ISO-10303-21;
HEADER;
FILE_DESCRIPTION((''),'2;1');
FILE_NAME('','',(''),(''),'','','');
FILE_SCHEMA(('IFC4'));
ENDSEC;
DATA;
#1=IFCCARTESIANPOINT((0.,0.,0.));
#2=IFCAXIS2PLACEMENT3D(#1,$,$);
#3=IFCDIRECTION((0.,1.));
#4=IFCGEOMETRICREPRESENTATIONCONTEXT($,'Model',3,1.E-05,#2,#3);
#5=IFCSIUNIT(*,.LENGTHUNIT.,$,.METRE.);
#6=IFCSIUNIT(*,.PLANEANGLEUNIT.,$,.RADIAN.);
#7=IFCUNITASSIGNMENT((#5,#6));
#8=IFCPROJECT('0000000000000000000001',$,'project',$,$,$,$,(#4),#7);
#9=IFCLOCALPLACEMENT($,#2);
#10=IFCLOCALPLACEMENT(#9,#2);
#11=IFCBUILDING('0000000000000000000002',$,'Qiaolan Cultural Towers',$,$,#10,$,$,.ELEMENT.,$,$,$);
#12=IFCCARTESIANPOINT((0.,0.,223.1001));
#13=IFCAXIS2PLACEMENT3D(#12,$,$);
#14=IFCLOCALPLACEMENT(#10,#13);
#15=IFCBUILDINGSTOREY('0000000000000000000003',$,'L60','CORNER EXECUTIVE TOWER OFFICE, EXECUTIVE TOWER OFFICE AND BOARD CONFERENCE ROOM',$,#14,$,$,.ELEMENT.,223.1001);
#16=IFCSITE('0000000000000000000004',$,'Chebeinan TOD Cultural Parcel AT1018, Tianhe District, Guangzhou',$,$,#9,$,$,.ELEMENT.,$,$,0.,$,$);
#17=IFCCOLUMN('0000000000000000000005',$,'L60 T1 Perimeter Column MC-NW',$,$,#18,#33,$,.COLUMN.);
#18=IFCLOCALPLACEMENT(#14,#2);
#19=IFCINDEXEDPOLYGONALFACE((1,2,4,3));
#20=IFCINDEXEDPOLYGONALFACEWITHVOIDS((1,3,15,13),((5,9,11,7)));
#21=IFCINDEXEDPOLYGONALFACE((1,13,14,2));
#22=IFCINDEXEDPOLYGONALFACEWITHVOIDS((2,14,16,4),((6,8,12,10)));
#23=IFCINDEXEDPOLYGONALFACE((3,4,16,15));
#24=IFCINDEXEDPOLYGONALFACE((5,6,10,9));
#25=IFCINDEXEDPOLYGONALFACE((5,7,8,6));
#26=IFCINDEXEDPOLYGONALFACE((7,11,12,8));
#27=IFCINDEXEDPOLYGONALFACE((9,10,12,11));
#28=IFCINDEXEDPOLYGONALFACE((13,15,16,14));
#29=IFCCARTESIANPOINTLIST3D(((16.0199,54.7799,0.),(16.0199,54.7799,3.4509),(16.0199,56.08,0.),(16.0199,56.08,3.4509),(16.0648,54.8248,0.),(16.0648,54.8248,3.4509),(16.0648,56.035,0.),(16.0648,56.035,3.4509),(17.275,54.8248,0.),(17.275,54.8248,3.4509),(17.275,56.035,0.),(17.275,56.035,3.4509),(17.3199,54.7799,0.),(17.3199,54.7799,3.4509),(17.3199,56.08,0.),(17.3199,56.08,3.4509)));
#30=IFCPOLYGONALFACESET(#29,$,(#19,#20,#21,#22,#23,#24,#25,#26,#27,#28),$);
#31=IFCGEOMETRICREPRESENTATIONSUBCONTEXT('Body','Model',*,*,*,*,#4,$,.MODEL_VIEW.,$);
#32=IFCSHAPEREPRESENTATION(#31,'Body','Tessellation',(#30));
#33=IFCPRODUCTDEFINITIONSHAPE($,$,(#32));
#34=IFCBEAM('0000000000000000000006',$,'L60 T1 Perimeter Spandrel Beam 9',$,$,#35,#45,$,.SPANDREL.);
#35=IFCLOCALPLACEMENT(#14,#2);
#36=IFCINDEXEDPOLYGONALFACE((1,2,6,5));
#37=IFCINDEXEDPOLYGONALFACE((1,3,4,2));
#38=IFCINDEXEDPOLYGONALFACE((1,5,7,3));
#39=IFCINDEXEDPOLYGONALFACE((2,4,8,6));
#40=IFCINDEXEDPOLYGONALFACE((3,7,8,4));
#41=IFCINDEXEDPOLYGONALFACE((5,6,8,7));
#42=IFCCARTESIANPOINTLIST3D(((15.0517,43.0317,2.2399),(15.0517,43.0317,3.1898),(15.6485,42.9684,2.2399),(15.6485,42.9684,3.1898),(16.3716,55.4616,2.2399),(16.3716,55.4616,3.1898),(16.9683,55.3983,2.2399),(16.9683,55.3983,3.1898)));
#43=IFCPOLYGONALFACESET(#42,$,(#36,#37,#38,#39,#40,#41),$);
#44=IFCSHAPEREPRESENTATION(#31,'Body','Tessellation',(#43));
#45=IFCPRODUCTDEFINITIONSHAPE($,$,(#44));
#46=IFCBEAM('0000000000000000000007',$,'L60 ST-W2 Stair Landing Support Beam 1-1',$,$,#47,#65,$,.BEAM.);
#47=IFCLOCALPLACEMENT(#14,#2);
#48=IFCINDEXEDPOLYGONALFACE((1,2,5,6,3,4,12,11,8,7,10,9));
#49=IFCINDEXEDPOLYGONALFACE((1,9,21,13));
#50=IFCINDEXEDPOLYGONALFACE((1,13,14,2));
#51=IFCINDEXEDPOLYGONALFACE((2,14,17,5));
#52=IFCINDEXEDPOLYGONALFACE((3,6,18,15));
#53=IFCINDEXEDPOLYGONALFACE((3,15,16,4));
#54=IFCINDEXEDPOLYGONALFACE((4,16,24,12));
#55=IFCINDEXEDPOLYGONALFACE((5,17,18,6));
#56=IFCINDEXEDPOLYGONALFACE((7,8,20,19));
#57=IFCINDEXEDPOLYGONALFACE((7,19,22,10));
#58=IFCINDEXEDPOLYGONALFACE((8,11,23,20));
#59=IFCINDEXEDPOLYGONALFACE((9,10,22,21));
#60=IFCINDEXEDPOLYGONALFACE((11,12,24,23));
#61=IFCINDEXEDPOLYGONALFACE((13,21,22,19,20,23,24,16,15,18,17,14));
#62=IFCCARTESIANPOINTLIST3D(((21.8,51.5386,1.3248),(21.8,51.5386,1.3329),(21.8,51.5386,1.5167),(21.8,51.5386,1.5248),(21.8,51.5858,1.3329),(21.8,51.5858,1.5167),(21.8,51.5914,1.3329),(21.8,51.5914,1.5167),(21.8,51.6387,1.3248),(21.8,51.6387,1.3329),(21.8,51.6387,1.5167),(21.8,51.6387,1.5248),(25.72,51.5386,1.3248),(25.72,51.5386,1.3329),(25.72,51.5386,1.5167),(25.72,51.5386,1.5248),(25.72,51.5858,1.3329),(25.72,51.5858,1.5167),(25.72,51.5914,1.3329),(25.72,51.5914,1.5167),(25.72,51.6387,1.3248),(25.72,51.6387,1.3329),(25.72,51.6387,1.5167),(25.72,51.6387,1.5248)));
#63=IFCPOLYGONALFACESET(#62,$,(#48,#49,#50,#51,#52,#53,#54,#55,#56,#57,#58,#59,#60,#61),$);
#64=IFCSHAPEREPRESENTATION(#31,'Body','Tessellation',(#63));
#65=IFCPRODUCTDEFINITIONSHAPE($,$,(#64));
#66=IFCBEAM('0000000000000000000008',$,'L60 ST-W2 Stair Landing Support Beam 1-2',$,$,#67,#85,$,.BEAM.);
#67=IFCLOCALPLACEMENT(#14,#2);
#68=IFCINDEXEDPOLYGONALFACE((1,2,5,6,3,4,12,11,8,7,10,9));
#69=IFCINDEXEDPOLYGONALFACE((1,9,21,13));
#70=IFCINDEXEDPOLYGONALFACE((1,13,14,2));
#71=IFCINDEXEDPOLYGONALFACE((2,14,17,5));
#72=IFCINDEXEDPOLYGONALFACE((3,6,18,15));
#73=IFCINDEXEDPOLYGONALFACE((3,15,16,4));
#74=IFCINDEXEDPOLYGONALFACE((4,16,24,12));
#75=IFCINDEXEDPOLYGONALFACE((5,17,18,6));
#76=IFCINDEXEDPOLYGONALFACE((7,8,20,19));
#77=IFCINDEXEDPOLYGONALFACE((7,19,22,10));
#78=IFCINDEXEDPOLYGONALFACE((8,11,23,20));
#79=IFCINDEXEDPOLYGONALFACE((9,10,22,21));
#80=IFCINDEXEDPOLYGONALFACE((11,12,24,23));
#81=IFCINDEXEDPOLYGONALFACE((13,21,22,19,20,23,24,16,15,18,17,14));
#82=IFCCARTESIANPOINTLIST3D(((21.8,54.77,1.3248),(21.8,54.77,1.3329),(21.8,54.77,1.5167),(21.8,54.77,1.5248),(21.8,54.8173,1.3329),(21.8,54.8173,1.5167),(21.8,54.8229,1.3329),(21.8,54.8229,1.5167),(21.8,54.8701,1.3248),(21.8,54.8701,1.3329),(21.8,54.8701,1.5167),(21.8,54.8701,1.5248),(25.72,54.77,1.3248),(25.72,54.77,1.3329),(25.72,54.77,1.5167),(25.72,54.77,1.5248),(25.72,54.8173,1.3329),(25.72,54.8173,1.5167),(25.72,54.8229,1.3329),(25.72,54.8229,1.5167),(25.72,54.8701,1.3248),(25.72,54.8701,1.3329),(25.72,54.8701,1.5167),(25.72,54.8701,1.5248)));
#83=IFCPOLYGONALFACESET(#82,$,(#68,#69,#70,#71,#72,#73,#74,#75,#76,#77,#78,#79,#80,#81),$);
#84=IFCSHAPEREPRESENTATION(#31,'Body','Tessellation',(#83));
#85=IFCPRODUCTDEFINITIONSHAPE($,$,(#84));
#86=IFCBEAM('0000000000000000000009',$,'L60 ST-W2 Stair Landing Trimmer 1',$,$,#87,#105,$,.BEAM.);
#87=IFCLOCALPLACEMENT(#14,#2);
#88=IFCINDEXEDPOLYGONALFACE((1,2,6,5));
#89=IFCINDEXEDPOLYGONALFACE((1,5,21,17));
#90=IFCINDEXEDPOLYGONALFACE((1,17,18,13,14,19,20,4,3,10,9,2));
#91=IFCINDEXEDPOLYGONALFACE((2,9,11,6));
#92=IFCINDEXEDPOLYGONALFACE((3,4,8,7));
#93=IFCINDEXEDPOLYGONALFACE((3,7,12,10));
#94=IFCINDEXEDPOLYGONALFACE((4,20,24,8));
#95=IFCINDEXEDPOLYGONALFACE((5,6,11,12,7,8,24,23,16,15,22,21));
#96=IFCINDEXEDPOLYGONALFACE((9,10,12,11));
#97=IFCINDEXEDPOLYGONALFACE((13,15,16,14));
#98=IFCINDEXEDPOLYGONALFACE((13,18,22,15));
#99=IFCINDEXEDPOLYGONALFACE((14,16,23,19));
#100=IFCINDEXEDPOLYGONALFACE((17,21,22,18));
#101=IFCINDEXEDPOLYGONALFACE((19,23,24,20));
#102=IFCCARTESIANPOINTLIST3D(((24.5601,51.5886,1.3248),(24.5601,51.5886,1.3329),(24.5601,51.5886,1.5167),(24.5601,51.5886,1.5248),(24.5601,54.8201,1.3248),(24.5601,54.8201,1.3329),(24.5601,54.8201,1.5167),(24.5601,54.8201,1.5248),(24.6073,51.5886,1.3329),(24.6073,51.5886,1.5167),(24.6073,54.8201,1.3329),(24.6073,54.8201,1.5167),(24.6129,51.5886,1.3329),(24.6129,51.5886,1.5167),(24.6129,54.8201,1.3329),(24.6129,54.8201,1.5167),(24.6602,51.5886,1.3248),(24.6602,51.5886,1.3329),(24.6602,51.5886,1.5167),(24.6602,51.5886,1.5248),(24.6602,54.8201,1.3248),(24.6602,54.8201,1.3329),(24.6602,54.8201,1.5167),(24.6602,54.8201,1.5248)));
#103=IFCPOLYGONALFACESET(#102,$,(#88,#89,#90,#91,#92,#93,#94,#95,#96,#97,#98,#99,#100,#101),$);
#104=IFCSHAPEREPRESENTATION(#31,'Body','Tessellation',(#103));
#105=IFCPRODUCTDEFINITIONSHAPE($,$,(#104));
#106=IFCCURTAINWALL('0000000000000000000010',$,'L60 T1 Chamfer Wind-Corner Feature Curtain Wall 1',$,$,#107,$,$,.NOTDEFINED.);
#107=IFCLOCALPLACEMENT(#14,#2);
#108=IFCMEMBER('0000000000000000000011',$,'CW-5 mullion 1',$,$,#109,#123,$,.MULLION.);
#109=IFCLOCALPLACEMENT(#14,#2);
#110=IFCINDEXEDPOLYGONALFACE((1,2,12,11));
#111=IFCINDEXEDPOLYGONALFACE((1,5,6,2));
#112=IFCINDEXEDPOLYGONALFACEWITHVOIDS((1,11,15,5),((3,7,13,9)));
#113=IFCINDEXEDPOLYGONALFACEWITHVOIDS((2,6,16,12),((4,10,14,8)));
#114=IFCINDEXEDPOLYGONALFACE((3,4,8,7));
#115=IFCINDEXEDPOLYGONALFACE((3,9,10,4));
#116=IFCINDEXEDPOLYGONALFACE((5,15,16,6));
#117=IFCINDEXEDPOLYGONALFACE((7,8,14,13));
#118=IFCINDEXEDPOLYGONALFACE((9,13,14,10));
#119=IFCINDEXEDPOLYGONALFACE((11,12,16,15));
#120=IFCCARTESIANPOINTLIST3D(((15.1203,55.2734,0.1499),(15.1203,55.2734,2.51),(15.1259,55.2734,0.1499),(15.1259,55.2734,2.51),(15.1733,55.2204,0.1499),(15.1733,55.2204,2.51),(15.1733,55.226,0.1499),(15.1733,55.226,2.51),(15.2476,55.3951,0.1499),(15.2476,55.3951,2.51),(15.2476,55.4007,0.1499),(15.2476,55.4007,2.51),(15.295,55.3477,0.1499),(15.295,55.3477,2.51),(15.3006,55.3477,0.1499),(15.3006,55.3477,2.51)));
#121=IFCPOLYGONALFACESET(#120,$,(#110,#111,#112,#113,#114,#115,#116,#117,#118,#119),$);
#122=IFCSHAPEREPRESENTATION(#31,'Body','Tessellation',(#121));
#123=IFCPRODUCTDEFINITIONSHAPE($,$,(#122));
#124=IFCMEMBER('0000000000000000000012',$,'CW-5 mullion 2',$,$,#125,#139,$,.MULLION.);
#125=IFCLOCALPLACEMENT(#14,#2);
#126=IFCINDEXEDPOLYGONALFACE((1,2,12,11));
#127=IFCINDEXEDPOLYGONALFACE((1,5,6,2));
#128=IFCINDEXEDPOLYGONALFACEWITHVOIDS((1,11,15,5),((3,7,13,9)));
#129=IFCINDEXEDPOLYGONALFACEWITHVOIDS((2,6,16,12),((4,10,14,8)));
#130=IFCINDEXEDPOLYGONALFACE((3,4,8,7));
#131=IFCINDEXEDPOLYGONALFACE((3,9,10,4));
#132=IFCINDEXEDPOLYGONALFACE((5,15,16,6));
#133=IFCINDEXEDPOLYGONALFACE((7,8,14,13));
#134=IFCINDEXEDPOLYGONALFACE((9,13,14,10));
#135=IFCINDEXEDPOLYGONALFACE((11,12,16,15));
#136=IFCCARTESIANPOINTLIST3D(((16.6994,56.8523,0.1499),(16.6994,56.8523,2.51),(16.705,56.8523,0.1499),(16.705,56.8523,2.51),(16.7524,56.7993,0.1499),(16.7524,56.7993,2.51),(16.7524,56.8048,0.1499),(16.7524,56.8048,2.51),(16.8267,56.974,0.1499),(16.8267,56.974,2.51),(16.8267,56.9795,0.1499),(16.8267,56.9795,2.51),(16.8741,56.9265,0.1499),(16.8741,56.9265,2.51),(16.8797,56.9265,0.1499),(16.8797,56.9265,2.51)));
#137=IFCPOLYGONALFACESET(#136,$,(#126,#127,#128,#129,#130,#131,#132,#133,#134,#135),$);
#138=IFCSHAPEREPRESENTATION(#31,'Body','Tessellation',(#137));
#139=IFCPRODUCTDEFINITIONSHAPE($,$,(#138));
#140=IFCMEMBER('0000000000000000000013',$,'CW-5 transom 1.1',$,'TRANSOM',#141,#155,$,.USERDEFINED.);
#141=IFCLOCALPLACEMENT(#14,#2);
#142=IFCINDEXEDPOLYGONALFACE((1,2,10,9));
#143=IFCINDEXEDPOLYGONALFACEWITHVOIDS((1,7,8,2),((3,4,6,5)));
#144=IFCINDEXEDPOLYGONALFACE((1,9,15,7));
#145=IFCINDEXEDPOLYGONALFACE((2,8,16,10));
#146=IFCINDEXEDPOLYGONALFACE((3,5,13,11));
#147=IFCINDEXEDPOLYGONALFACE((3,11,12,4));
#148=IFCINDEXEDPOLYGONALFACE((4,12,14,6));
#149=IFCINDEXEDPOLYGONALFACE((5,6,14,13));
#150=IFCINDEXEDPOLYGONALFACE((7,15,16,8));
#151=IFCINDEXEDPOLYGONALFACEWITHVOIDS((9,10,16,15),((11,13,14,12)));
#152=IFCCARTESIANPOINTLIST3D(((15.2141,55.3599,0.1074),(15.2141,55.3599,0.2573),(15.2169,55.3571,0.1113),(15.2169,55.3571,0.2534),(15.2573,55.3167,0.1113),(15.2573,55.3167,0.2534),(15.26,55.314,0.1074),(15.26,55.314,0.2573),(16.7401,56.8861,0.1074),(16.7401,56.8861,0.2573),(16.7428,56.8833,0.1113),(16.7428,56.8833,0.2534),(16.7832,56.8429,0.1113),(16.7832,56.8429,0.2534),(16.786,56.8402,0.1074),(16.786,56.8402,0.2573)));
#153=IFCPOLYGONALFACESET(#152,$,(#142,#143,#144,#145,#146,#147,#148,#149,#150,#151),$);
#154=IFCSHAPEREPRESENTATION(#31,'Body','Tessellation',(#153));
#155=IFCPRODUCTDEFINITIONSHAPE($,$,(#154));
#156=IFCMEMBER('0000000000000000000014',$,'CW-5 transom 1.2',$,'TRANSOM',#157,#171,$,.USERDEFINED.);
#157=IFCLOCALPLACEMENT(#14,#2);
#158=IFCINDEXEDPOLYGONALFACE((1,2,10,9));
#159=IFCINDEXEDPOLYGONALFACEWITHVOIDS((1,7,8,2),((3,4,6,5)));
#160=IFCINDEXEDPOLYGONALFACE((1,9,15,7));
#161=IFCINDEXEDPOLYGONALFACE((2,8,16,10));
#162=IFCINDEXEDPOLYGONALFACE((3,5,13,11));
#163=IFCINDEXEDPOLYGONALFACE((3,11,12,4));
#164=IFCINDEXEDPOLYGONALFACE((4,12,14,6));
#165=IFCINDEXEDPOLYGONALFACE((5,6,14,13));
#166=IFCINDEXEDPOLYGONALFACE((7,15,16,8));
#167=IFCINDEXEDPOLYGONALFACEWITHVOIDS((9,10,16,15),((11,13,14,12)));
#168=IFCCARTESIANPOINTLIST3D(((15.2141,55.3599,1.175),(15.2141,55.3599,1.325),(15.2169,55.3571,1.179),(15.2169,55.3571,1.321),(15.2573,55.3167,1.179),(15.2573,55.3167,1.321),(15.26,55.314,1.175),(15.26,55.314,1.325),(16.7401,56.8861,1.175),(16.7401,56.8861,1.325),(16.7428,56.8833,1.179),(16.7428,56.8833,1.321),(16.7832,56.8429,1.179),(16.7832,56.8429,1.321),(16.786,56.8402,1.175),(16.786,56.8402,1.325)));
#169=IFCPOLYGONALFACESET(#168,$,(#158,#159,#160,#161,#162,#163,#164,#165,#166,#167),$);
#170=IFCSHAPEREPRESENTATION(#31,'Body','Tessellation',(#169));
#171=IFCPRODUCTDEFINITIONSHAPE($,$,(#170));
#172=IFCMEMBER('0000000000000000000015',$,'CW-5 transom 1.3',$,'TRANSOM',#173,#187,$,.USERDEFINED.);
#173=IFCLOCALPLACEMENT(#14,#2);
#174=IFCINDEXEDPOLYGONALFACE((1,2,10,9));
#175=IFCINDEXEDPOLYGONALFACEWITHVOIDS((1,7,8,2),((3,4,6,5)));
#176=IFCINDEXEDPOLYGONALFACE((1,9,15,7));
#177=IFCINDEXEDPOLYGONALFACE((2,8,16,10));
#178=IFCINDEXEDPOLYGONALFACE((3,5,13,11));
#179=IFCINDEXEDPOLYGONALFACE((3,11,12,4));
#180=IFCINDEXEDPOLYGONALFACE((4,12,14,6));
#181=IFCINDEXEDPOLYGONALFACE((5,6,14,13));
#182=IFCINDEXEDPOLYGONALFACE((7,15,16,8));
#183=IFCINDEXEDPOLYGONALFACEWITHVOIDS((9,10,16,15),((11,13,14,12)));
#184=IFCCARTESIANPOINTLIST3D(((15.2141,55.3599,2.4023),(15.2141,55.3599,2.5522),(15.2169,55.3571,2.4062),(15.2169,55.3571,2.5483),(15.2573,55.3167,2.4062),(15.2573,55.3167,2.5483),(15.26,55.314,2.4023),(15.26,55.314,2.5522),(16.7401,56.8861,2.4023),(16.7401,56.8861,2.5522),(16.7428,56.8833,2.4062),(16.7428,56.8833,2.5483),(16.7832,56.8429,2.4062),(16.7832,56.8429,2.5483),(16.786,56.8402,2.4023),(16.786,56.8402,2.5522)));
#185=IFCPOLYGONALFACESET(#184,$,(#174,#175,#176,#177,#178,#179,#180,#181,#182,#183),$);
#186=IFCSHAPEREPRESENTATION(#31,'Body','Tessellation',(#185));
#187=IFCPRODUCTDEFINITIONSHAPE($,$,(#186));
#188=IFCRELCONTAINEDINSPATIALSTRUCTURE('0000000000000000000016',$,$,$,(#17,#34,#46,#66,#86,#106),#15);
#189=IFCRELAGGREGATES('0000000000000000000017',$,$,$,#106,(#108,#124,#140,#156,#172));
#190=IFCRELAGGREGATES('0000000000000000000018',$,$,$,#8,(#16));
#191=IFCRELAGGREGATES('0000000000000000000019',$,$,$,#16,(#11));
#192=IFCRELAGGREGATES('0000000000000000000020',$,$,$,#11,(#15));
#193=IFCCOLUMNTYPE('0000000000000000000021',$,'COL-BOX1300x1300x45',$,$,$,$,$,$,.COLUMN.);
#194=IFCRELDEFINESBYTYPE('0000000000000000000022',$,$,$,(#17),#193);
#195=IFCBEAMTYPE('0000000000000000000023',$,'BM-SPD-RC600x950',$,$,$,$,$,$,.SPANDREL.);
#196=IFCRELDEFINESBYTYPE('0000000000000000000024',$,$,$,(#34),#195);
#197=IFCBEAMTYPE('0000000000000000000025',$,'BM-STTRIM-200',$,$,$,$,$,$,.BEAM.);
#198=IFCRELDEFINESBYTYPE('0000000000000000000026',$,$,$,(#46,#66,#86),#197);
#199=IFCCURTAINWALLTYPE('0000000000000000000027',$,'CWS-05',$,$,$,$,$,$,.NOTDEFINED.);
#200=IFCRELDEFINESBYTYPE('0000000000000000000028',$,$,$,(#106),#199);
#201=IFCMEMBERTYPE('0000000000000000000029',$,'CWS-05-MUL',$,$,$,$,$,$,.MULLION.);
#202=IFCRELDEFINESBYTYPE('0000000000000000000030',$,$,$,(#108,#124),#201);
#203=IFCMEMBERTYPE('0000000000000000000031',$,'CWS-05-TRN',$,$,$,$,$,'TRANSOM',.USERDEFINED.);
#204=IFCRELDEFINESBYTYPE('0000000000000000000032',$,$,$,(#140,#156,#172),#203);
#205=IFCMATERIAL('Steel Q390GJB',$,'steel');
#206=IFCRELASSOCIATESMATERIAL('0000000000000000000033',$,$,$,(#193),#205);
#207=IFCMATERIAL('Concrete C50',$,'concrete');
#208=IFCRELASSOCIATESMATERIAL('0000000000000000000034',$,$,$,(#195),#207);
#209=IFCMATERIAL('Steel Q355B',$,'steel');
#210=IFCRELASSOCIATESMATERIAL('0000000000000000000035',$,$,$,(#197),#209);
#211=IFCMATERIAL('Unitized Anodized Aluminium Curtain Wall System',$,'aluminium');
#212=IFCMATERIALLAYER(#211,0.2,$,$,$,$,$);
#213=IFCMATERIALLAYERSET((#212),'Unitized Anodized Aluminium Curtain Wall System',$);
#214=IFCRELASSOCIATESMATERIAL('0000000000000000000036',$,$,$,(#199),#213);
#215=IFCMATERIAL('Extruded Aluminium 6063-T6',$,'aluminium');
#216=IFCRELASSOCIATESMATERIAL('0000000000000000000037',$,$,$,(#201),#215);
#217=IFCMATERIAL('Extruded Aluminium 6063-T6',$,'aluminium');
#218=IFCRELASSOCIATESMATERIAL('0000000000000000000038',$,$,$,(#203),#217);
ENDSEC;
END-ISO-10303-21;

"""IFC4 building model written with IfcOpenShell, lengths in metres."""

from ifc_helpers import new_model, si_unit, direction, frame, origin, origin_2d, place, context, subcontext, project, spatial, rectangle, hollow_rectangle, i_section, extrude, material, layer, layer_set, material_profile, profile_set, type_object, element, aggregate, save


model = new_model("IFC4")

# Units and contexts
model_context = context("Model", 3, precision=1e-05, world=origin(), true_north=direction((0.0, 1.0)))
body_context = subcontext(model_context, "Body", "Model", "MODEL_VIEW")
ifc_project = project(units=[si_unit("LENGTHUNIT", "METRE"), si_unit("PLANEANGLEUNIT", "RADIAN")], contexts=[model_context])

# Site, building, storey
site_placement = place(None, origin())
site = spatial("IfcSite", under=ifc_project, at=site_placement, Name="Chebeinan TOD Cultural Parcel AT1018, Tianhe District, Guangzhou", CompositionType="ELEMENT", RefElevation=0.0)
building_placement = place(site_placement, origin())
building = spatial("IfcBuilding", under=site, at=building_placement, Name="Qiaolan Cultural Towers", CompositionType="ELEMENT")
storey_placement = place(building_placement, frame((0.0, 0.0, 223.1001)))
storey = spatial("IfcBuildingStorey", under=building, at=storey_placement, Name="L60", Description="CORNER EXECUTIVE TOWER OFFICE, EXECUTIVE TOWER OFFICE AND BOARD CONFERENCE ROOM", CompositionType="ELEMENT", Elevation=223.1001)

# Column
ifc_material_1 = material(Name="Steel Q390GJB", Category="steel")
ifc_material_profile_1 = material_profile(ifc_material_1, hollow_rectangle(XDim=1.3, YDim=1.3, WallThickness=0.0449, at=origin_2d()), Name="BOX1300x1300x45")
ifc_profile_set_1 = profile_set([ifc_material_profile_1], Name="Steel Q390GJB")
column_type = type_object("IfcColumnType", Name="COL-BOX1300x1300x45", PredefinedType="COLUMN", material=ifc_profile_set_1)
column_placement = place(storey_placement, frame((16.6699, 55.4299, 0.0), z_axis=(0.0, 0.0, 1.0), x_axis=(1.0, 0.0, 0.0)))
element("IfcColumn", 1, at=column_placement, inside=storey, type_object=column_type, Name="L60 T1 Perimeter Column MC-NW", PredefinedType="COLUMN", context=body_context, shape_type="SweptSolid", body=[
    extrude(hollow_rectangle(XDim=1.3, YDim=1.3, WallThickness=0.0449, at=origin_2d()), origin(), (0.0, 0.0, 1.0), 3.4509),
])

# Beams
ifc_material_2 = material(Name="Concrete C50", Category="concrete")
ifc_material_profile_2 = material_profile(ifc_material_2, rectangle(XDim=0.6001, YDim=0.95, at=origin_2d()), Name="RC600x950")
ifc_profile_set_2 = profile_set([ifc_material_profile_2], Name="Concrete C50")
beam_type_1 = type_object("IfcBeamType", Name="BM-SPD-RC600x950", PredefinedType="SPANDREL", material=ifc_profile_set_2)
beam_1_placement = place(storey_placement, frame((16.6699, 55.4299, 2.7148), z_axis=(-0.105588, -0.99441, 0.0), x_axis=(0.99441, -0.105588, 0.0)))
element("IfcBeam", 2, at=beam_1_placement, inside=storey, type_object=beam_type_1, Name="L60 T1 Perimeter Spandrel Beam 9", PredefinedType="SPANDREL", context=body_context, shape_type="SweptSolid", body=[
    extrude(rectangle(XDim=0.6001, YDim=0.95, at=origin_2d()), origin(), (0.0, 0.0, 1.0), 12.4998),
])
ifc_material_3 = material(Name="Steel Q355B", Category="steel")
ifc_material_profile_3 = material_profile(ifc_material_3, i_section(OverallWidth=0.1001, OverallDepth=0.2, WebThickness=0.0056, FlangeThickness=0.0081, at=origin_2d()), Name="HN200x100x5.5x8")
ifc_profile_set_3 = profile_set([ifc_material_profile_3], Name="Steel Q355B")
beam_type_2 = type_object("IfcBeamType", Name="BM-STTRIM-200", PredefinedType="BEAM", material=ifc_profile_set_3)
for number, where, z_axis, x_axis, name in (
    (3, (21.8, 51.5886, 1.4248), (1.0, 0.0, 0.0), (0.0, 1.0, 0.0), "L60 ST-W2 Stair Landing Support Beam 1-1"),
    (4, (21.8, 54.8201, 1.4248), (1.0, 0.0, 0.0), (0.0, 1.0, 0.0), "L60 ST-W2 Stair Landing Support Beam 1-2"),
):
    element("IfcBeam", number, at=place(storey_placement, frame(where, z_axis=z_axis, x_axis=x_axis)), inside=storey, type_object=beam_type_2, Name=name, PredefinedType="BEAM", context=body_context, shape_type="SweptSolid", body=[
        extrude(i_section(OverallWidth=0.1001, OverallDepth=0.2, WebThickness=0.0056, FlangeThickness=0.0081, at=origin_2d()), origin(), (0.0, 0.0, 1.0), 3.9199),
    ])
beam_2_placement = place(storey_placement, frame((24.6101, 51.5886, 1.4248), z_axis=(0.0, 1.0, 0.0), x_axis=(-1.0, 0.0, 0.0)))
element("IfcBeam", 5, at=beam_2_placement, inside=storey, type_object=beam_type_2, Name="L60 ST-W2 Stair Landing Trimmer 1", PredefinedType="BEAM", context=body_context, shape_type="SweptSolid", body=[
    extrude(i_section(OverallWidth=0.1001, OverallDepth=0.2, WebThickness=0.0056, FlangeThickness=0.0081, at=origin_2d()), origin(), (0.0, 0.0, 1.0), 3.2314),
])

# Curtain wall, members
ifc_material_4 = material(Name="Unitized Anodized Aluminium Curtain Wall System", Category="aluminium")
ifc_layer_1 = layer(ifc_material_4, 0.2)
ifc_layer_set_1 = layer_set([ifc_layer_1], Name="Unitized Anodized Aluminium Curtain Wall System")
curtain_wall_type = type_object("IfcCurtainWallType", Name="CWS-05", PredefinedType="NOTDEFINED", material=ifc_layer_set_1)
curtain_wall_placement = place(storey_placement, origin())
curtain_wall = element("IfcCurtainWall", 6, at=curtain_wall_placement, inside=storey, type_object=curtain_wall_type, Name="L60 T1 Chamfer Wind-Corner Feature Curtain Wall 1", PredefinedType="NOTDEFINED")
ifc_material_5 = material(Name="Extruded Aluminium 6063-T6", Category="aluminium")
ifc_material_profile_4 = material_profile(ifc_material_5, hollow_rectangle(XDim=0.075, YDim=0.1799, WallThickness=0.0039, at=origin_2d()), Name="CWM-180x75x4")
ifc_profile_set_4 = profile_set([ifc_material_profile_4], Name="Extruded Aluminium 6063-T6")
member_type_1 = type_object("IfcMemberType", Name="CWS-05-MUL", PredefinedType="MULLION", material=ifc_profile_set_4)
member_1_placement = place(storey_placement, frame((15.2104, 55.3105, 0.1499), z_axis=(0.0, 0.0, 1.0), x_axis=(-0.707107, 0.707107, 0.0)))
member_1 = element("IfcMember", 7, at=member_1_placement, type_object=member_type_1, Name="CW-5 mullion 1", PredefinedType="MULLION", context=body_context, shape_type="SweptSolid", body=[
    extrude(hollow_rectangle(XDim=0.075, YDim=0.1799, WallThickness=0.0039, at=origin_2d()), origin(), (0.0, 0.0, 1.0), 2.3601),
])
member_2_placement = place(storey_placement, frame((16.7896, 56.8894, 0.1499), z_axis=(0.0, 0.0, 1.0), x_axis=(-0.707107, 0.707107, 0.0)))
member_2 = element("IfcMember", 8, at=member_2_placement, type_object=member_type_1, Name="CW-5 mullion 2", PredefinedType="MULLION", context=body_context, shape_type="SweptSolid", body=[
    extrude(hollow_rectangle(XDim=0.075, YDim=0.1799, WallThickness=0.0039, at=origin_2d()), origin(), (0.0, 0.0, 1.0), 2.3601),
])
ifc_material_6 = material(Name="Extruded Aluminium 6063-T6", Category="aluminium")
ifc_material_profile_5 = material_profile(ifc_material_6, hollow_rectangle(XDim=0.0649, YDim=0.1499, WallThickness=0.0039, at=origin_2d()), Name="CWT-150x65x4")
ifc_profile_set_5 = profile_set([ifc_material_profile_5], Name="Extruded Aluminium 6063-T6")
member_type_2 = type_object("IfcMemberType", Name="CWS-05-TRN", ElementType="TRANSOM", PredefinedType="USERDEFINED", material=ifc_profile_set_5)
member_3_placement = place(storey_placement, frame((15.2371, 55.3369, 0.1824), z_axis=(0.70705, 0.707163, 0.0), x_axis=(-0.707163, 0.70705, 0.0)))
member_3 = element("IfcMember", 9, at=member_3_placement, type_object=member_type_2, Name="CW-5 transom 1.1", ObjectType="TRANSOM", PredefinedType="USERDEFINED", context=body_context, shape_type="SweptSolid", body=[
    extrude(hollow_rectangle(XDim=0.0649, YDim=0.1499, WallThickness=0.0039, at=origin_2d()), origin(), (0.0, 0.0, 1.0), 2.1582),
])
member_4_placement = place(storey_placement, frame((15.2371, 55.3369, 1.25), z_axis=(0.70705, 0.707163, 0.0), x_axis=(-0.707163, 0.70705, 0.0)))
member_4 = element("IfcMember", 10, at=member_4_placement, type_object=member_type_2, Name="CW-5 transom 1.2", ObjectType="TRANSOM", PredefinedType="USERDEFINED", context=body_context, shape_type="SweptSolid", body=[
    extrude(hollow_rectangle(XDim=0.0649, YDim=0.1499, WallThickness=0.0039, at=origin_2d()), origin(), (0.0, 0.0, 1.0), 2.1582),
])
member_5_placement = place(storey_placement, frame((15.2371, 55.3369, 2.4773), z_axis=(0.70705, 0.707163, 0.0), x_axis=(-0.707163, 0.70705, 0.0)))
member_5 = element("IfcMember", 11, at=member_5_placement, type_object=member_type_2, Name="CW-5 transom 1.3", ObjectType="TRANSOM", PredefinedType="USERDEFINED", context=body_context, shape_type="SweptSolid", body=[
    extrude(hollow_rectangle(XDim=0.0649, YDim=0.1499, WallThickness=0.0039, at=origin_2d()), origin(), (0.0, 0.0, 1.0), 2.1582),
])

aggregate(curtain_wall, [member_1, member_2, member_3, member_4, member_5])

save(model, "model.ifc")
